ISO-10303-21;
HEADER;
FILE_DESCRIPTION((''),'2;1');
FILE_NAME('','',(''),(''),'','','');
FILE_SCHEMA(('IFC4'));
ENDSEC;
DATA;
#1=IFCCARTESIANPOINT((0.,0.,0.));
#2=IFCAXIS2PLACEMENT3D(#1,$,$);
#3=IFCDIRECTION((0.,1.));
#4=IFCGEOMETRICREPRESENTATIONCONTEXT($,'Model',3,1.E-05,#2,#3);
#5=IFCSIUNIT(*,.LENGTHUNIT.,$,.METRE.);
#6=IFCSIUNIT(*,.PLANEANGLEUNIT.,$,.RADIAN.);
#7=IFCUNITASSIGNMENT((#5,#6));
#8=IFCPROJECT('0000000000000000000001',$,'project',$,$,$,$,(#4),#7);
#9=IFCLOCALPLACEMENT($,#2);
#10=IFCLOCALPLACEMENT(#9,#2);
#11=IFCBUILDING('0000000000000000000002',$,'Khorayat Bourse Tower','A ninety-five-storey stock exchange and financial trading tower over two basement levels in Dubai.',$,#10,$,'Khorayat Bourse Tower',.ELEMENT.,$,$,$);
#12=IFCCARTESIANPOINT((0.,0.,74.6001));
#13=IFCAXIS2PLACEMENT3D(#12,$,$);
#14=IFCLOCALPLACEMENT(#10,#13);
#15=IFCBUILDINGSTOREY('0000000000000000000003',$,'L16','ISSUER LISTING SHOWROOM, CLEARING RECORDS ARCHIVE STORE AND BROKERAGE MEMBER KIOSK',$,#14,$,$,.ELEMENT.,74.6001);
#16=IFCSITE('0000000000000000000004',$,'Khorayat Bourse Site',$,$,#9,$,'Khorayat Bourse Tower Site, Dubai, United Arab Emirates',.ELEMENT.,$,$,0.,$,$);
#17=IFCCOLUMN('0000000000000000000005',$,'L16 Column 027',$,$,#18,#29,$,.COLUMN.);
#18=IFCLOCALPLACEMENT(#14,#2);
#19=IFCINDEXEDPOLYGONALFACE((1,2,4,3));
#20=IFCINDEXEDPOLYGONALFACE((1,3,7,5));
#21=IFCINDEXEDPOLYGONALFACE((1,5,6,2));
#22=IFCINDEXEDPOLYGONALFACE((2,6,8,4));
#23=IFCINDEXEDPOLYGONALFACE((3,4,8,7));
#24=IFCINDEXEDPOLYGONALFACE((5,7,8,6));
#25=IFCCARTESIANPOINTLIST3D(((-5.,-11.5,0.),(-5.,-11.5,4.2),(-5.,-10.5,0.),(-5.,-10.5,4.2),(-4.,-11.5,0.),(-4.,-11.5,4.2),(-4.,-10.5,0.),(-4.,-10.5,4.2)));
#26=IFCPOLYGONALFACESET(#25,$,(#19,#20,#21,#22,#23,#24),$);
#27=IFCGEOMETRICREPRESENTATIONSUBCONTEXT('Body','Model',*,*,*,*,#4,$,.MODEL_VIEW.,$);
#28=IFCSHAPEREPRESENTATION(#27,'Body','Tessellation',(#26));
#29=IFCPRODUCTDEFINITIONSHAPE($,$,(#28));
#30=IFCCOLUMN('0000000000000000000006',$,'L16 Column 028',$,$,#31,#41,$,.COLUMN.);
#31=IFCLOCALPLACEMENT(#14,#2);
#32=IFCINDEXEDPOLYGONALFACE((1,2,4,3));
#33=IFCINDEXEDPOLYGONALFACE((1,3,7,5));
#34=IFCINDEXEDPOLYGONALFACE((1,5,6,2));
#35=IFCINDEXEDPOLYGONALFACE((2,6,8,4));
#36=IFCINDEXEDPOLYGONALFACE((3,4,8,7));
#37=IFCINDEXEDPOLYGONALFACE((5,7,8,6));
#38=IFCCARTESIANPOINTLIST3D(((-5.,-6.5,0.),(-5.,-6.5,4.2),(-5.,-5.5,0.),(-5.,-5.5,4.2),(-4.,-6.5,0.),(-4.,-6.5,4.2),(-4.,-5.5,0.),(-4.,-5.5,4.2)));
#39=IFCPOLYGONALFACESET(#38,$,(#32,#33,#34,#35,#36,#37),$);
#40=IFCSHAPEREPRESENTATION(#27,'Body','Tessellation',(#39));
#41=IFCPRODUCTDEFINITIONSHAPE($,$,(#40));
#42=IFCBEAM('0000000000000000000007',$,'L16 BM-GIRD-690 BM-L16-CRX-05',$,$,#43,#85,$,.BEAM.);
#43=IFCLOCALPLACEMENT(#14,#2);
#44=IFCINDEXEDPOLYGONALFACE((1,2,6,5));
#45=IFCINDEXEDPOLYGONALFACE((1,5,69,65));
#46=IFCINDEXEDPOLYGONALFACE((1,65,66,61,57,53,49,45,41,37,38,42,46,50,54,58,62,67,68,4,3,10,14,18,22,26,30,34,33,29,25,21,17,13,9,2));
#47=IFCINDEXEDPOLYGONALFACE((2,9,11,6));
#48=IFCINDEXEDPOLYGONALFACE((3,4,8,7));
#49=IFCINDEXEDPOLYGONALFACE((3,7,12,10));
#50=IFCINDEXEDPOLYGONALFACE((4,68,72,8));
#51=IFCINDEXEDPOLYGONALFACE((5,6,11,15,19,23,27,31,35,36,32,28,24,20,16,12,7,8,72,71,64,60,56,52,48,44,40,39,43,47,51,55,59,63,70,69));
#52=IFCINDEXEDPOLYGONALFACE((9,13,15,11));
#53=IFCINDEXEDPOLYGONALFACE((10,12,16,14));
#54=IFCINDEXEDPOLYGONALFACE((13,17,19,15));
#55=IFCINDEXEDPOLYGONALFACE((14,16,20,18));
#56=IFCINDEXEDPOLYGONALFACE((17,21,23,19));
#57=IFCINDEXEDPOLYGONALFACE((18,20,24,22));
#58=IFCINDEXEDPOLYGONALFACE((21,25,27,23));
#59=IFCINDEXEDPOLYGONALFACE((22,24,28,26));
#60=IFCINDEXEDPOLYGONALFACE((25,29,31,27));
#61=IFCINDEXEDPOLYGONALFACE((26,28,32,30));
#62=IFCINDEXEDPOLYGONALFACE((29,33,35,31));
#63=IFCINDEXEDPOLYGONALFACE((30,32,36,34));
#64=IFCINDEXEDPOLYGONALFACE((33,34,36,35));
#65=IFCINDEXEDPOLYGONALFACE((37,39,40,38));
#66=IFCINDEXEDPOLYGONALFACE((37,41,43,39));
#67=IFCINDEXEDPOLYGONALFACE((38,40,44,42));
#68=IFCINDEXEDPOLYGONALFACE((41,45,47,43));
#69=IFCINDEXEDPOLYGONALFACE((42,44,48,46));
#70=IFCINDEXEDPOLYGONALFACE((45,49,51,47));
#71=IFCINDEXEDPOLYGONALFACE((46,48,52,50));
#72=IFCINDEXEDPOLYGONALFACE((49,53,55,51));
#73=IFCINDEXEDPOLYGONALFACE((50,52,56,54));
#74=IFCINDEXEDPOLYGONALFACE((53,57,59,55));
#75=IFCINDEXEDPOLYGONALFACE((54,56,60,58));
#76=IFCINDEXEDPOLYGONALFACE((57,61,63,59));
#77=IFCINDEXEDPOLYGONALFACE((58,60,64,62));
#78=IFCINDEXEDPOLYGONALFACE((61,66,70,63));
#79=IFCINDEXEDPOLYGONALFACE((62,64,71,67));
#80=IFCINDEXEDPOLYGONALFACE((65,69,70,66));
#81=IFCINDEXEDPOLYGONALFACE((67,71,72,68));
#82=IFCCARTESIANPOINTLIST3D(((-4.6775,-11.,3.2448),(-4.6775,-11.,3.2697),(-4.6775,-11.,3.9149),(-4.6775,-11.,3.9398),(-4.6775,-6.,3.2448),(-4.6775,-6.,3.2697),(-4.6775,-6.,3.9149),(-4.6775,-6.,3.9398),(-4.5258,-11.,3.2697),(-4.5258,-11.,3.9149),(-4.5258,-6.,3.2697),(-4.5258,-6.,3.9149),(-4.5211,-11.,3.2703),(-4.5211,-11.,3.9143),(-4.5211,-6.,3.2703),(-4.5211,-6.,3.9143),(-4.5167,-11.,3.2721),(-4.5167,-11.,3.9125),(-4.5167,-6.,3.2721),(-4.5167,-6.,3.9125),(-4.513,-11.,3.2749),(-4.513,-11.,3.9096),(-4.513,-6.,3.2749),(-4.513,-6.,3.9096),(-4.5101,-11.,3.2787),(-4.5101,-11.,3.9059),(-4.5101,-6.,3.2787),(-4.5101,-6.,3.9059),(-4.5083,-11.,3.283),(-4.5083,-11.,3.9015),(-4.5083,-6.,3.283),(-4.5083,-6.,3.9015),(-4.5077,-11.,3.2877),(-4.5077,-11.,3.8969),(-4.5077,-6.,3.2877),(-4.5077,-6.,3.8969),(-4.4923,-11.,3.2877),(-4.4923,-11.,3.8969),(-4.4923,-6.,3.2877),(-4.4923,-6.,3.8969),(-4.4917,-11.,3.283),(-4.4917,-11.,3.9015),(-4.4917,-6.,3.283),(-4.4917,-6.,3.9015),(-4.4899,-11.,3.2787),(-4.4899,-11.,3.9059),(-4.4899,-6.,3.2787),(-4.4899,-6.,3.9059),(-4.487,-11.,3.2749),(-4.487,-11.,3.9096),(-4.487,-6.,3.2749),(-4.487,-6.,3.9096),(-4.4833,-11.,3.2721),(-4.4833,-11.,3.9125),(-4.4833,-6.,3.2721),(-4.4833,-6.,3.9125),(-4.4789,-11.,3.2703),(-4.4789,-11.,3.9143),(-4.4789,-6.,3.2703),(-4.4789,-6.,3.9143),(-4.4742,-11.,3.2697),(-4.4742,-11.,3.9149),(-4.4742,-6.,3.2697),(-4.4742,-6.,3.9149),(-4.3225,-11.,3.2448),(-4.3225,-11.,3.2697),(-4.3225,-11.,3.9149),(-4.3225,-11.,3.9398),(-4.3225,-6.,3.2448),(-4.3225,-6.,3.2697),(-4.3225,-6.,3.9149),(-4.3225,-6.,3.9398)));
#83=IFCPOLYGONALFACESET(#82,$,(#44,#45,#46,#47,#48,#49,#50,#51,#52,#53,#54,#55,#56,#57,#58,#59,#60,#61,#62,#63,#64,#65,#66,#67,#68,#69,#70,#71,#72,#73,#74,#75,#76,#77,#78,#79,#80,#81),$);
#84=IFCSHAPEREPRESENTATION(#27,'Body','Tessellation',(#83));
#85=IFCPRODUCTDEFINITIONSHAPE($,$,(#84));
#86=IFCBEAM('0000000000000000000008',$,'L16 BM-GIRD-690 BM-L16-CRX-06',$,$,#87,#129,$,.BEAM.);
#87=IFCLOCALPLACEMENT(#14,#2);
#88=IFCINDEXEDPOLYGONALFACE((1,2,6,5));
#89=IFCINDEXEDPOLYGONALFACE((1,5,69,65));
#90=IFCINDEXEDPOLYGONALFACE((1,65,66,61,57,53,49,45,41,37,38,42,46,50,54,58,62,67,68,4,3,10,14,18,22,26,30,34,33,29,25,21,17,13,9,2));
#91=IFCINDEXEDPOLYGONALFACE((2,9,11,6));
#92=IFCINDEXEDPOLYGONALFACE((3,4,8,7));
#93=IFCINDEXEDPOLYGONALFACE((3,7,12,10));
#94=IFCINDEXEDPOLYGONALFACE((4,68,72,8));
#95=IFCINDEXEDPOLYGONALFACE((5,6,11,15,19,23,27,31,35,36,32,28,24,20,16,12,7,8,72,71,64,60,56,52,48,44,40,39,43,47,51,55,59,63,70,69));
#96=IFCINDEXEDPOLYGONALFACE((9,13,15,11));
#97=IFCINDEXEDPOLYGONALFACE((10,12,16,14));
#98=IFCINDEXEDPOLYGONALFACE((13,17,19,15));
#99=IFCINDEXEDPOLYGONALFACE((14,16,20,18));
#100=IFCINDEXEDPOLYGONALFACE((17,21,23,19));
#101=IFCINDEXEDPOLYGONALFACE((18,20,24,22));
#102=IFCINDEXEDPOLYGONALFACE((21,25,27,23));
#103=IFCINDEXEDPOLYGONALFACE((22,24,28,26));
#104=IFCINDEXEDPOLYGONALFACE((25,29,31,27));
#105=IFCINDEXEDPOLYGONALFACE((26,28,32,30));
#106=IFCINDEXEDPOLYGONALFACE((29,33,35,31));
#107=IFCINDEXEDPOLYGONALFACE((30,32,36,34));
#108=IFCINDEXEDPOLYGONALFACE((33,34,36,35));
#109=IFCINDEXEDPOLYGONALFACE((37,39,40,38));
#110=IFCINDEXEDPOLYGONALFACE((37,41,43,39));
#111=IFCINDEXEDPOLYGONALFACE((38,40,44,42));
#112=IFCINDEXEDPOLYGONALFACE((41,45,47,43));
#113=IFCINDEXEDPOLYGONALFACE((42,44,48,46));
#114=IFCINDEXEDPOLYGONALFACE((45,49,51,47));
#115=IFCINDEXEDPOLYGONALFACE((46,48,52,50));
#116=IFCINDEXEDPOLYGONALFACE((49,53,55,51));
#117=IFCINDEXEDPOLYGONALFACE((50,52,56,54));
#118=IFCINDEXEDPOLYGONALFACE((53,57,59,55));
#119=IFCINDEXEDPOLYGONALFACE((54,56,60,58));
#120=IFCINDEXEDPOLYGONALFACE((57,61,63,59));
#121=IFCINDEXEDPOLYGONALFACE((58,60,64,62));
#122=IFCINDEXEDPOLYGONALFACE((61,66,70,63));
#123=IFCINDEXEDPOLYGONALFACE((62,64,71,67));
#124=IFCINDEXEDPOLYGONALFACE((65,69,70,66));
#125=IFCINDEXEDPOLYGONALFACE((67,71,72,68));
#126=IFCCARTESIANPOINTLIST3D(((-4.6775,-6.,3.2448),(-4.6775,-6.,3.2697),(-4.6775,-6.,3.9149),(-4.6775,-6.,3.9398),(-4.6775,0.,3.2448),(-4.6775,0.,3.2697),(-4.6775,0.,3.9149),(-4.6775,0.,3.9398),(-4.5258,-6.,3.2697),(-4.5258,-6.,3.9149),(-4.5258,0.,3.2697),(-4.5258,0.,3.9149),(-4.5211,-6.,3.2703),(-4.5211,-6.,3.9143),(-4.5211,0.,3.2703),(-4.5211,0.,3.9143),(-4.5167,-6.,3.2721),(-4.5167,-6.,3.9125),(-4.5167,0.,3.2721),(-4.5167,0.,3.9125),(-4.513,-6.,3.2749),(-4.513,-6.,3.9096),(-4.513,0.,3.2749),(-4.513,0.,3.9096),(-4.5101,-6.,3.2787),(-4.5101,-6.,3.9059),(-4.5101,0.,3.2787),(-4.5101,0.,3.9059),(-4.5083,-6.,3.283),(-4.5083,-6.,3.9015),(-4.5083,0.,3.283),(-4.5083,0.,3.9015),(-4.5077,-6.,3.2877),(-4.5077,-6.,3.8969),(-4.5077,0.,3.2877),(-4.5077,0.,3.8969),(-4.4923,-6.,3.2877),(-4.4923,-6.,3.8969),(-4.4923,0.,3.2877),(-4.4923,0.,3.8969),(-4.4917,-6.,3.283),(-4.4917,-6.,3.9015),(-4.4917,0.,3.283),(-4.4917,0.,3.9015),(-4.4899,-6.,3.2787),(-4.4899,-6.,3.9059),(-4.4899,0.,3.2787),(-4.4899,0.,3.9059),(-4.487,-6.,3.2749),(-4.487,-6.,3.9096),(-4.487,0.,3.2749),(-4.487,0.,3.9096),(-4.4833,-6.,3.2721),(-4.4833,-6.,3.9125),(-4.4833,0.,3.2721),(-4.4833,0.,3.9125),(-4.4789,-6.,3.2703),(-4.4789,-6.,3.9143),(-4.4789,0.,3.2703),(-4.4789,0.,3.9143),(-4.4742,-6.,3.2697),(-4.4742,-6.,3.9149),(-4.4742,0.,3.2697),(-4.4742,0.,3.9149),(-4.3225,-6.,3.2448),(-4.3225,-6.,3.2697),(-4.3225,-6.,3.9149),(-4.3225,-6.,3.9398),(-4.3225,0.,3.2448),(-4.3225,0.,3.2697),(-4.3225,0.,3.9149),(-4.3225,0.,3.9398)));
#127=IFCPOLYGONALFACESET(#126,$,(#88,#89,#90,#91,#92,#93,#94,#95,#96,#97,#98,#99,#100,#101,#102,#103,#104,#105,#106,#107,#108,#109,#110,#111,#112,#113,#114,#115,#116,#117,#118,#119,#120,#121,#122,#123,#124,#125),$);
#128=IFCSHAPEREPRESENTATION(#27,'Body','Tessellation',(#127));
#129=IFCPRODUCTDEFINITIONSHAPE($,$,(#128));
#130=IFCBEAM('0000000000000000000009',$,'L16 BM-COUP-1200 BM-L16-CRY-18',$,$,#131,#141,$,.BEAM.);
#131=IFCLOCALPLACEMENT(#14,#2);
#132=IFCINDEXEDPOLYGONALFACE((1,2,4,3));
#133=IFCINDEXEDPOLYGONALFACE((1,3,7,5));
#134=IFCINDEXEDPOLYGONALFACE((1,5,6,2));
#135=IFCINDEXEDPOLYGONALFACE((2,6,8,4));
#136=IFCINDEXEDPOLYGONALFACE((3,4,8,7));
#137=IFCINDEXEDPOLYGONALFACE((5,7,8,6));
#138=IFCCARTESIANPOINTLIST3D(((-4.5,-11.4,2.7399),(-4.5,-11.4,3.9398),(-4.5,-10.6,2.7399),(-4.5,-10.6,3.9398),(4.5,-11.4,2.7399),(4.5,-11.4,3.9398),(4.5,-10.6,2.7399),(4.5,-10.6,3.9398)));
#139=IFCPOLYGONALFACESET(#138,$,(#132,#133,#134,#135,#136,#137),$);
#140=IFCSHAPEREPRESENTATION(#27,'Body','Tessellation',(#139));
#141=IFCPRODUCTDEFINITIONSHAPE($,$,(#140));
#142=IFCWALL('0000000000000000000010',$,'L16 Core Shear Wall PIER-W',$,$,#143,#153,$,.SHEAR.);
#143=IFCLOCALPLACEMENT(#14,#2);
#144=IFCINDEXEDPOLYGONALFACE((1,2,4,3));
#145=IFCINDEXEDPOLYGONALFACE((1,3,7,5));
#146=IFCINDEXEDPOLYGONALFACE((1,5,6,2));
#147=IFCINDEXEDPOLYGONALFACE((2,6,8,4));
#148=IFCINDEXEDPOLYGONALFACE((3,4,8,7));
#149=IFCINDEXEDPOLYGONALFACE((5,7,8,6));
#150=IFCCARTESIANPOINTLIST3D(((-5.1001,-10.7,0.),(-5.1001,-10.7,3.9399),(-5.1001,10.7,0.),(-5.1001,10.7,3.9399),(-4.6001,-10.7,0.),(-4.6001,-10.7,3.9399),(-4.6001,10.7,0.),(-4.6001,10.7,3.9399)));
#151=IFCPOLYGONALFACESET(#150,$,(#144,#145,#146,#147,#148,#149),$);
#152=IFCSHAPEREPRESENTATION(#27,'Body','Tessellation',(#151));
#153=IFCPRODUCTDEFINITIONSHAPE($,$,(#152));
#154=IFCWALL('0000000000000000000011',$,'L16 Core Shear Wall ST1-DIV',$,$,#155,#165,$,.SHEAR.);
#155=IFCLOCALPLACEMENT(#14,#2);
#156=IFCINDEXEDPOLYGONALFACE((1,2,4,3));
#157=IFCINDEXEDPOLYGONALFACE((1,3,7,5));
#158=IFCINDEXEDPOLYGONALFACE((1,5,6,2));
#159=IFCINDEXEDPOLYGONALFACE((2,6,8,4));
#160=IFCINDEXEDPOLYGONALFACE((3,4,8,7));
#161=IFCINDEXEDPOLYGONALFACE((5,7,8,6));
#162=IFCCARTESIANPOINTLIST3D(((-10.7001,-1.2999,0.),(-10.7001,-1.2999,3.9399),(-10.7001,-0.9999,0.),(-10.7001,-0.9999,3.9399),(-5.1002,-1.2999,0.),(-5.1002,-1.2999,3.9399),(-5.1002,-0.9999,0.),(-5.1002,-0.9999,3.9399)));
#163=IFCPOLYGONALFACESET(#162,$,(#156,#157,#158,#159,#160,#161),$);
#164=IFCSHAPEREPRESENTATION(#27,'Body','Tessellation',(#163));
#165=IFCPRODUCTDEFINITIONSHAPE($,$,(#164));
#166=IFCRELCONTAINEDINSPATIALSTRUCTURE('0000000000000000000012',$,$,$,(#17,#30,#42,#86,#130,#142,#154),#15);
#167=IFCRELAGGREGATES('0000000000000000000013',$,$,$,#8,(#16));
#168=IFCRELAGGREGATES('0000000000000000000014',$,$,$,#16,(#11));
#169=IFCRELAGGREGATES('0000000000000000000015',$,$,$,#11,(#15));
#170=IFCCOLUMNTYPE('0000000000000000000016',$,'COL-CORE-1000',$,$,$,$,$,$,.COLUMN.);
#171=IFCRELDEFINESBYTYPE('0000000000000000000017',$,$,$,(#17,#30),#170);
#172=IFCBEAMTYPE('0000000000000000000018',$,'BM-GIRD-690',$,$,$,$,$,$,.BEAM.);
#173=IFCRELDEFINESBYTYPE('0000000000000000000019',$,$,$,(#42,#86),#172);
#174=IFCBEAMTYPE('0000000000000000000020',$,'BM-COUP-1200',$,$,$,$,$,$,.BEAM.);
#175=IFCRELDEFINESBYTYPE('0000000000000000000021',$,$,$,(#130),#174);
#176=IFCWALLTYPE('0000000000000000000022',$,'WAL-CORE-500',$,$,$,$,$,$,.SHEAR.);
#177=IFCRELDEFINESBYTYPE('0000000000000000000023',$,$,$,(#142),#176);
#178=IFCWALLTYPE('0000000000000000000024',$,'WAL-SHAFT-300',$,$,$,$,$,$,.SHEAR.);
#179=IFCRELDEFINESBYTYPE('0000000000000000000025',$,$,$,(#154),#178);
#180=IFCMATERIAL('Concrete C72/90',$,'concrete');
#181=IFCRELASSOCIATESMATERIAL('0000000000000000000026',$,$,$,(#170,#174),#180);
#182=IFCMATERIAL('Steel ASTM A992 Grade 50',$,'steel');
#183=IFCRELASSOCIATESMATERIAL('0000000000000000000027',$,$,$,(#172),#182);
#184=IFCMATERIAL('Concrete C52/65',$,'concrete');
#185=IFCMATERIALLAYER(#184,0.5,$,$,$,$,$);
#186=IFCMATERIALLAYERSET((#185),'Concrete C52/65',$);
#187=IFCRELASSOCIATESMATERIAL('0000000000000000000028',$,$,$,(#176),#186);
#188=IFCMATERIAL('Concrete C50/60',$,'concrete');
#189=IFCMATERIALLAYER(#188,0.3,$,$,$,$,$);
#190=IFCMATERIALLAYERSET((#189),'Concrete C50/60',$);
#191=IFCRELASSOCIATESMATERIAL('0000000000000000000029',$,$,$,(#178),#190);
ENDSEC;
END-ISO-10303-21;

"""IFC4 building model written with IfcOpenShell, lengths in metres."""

from ifc_helpers import new_model, si_unit, direction, frame, frame_2d, origin, origin_2d, place, context, subcontext, project, spatial, rectangle, i_section, extrude, source, transform, mapped, material, layer, layer_set, material_profile, profile_set, type_object, element, save


model = new_model("IFC4")

# Units and contexts
model_context = context("Model", 3, precision=1e-05, world=origin(), true_north=direction((0.0, 1.0)))
body_context = subcontext(model_context, "Body", "Model", "MODEL_VIEW")
ifc_project = project(units=[si_unit("LENGTHUNIT", "METRE"), si_unit("PLANEANGLEUNIT", "RADIAN")], contexts=[model_context])

# Site, building, storey
site_placement = place(None, origin())
site = spatial("IfcSite", under=ifc_project, at=site_placement, Name="Khorayat Bourse Site", LongName="Khorayat Bourse Tower Site, Dubai, United Arab Emirates", CompositionType="ELEMENT", RefElevation=0.0)
building_placement = place(site_placement, origin())
building = spatial("IfcBuilding", under=site, at=building_placement, Name="Khorayat Bourse Tower", Description="A ninety-five-storey stock exchange and financial trading tower over two basement levels in Dubai.", LongName="Khorayat Bourse Tower", CompositionType="ELEMENT")
storey_placement = place(building_placement, frame((0.0, 0.0, 74.6001)))
storey = spatial("IfcBuildingStorey", under=building, at=storey_placement, Name="L16", Description="ISSUER LISTING SHOWROOM, CLEARING RECORDS ARCHIVE STORE AND BROKERAGE MEMBER KIOSK", CompositionType="ELEMENT", Elevation=74.6001)

# Columns
ifc_material_1 = material(Name="Concrete C72/90", Category="concrete")
ifc_material_profile_1 = material_profile(ifc_material_1, rectangle(XDim=1.0, YDim=1.0, at=origin_2d()), Name="RC 1000x1000")
ifc_profile_set_1 = profile_set([ifc_material_profile_1], Name="Concrete C72/90")
column_type = type_object("IfcColumnType", Name="COL-CORE-1000", PredefinedType="COLUMN", material=ifc_profile_set_1)
shared_shape_1 = source(origin(), body_context, "Body", "SweptSolid", [
    extrude(rectangle(XDim=1.0, YDim=1.0, at=origin_2d()), origin(), (0.0, 0.0, 1.0), 4.2),
])
for number, where, z_axis, x_axis, name in (
    (1, (-4.5, -11.0, 0.0), (0.0, 0.0, 1.0), (1.0, 0.0, 0.0), "L16 Column 027"),
    (2, (-4.5, -6.0, 0.0), (0.0, 0.0, 1.0), (1.0, 0.0, 0.0), "L16 Column 028"),
):
    element("IfcColumn", number, at=place(storey_placement, frame(where, z_axis=z_axis, x_axis=x_axis)), inside=storey, type_object=column_type, Name=name, PredefinedType="COLUMN", context=body_context, shape_type="MappedRepresentation", body=[
        mapped(shared_shape_1, transform((0.0, 0.0, 0.0), scale=1.0)),
    ])

# Beams
ifc_material_2 = material(Name="Steel ASTM A992 Grade 50", Category="steel")
ifc_material_profile_2 = material_profile(ifc_material_2, i_section(OverallWidth=0.355, OverallDepth=0.6951, WebThickness=0.0154, FlangeThickness=0.0249, FilletRadius=0.0181, at=origin_2d()), Name="W690X217")
ifc_profile_set_2 = profile_set([ifc_material_profile_2], Name="Steel ASTM A992 Grade 50")
beam_type_1 = type_object("IfcBeamType", Name="BM-GIRD-690", PredefinedType="BEAM", material=ifc_profile_set_2)
shared_shape_2 = source(origin(), body_context, "Body", "SweptSolid", [
    extrude(i_section(OverallWidth=0.355, OverallDepth=0.6951, WebThickness=0.0154, FlangeThickness=0.0249, FilletRadius=0.0181, at=origin_2d()), origin(), (0.0, 0.0, 1.0), 5.0),
])
beam_1_placement = place(storey_placement, frame((-4.5, -11.0, 3.5923), z_axis=(0.0, 1.0, 0.0), x_axis=(-1.0, 0.0, 0.0)))
element("IfcBeam", 3, at=beam_1_placement, inside=storey, type_object=beam_type_1, Name="L16 BM-GIRD-690 BM-L16-CRX-05", PredefinedType="BEAM", context=body_context, shape_type="MappedRepresentation", body=[
    mapped(shared_shape_2, transform((0.0, 0.0, 0.0), scale=1.0)),
])
shared_shape_3 = source(origin(), body_context, "Body", "SweptSolid", [
    extrude(i_section(OverallWidth=0.355, OverallDepth=0.6951, WebThickness=0.0154, FlangeThickness=0.0249, FilletRadius=0.0181, at=origin_2d()), origin(), (0.0, 0.0, 1.0), 6.0),
])
beam_2_placement = place(storey_placement, frame((-4.5, -6.0, 3.5923), z_axis=(0.0, 1.0, 0.0), x_axis=(-1.0, 0.0, 0.0)))
element("IfcBeam", 4, at=beam_2_placement, inside=storey, type_object=beam_type_1, Name="L16 BM-GIRD-690 BM-L16-CRX-06", PredefinedType="BEAM", context=body_context, shape_type="MappedRepresentation", body=[
    mapped(shared_shape_3, transform((0.0, 0.0, 0.0), scale=1.0)),
])
ifc_material_profile_3 = material_profile(ifc_material_1, rectangle(XDim=0.8, YDim=1.2, at=origin_2d()), Name="RC 800x1200")
ifc_profile_set_3 = profile_set([ifc_material_profile_3], Name="Concrete C72/90")
beam_type_2 = type_object("IfcBeamType", Name="BM-COUP-1200", PredefinedType="BEAM", material=ifc_profile_set_3)
shared_shape_4 = source(origin(), body_context, "Body", "SweptSolid", [
    extrude(rectangle(XDim=0.8, YDim=1.2, at=origin_2d()), origin(), (0.0, 0.0, 1.0), 9.0),
])
beam_3_placement = place(storey_placement, frame((-4.5, -11.0, 3.3398), z_axis=(1.0, 0.0, 0.0), x_axis=(0.0, 1.0, 0.0)))
element("IfcBeam", 5, at=beam_3_placement, inside=storey, type_object=beam_type_2, Name="L16 BM-COUP-1200 BM-L16-CRY-18", PredefinedType="BEAM", context=body_context, shape_type="MappedRepresentation", body=[
    mapped(shared_shape_4, transform((0.0, 0.0, 0.0), scale=1.0)),
])

# Walls
ifc_material_3 = material(Name="Concrete C52/65", Category="concrete")
ifc_layer_1 = layer(ifc_material_3, 0.5)
ifc_layer_set_1 = layer_set([ifc_layer_1], Name="Concrete C52/65")
wall_type_1 = type_object("IfcWallType", Name="WAL-CORE-500", PredefinedType="SHEAR", material=ifc_layer_set_1)
shared_shape_5 = source(origin(), body_context, "Body", "SweptSolid", [
    extrude(rectangle(XDim=21.3999, YDim=0.5, at=frame_2d((10.7, 0.0))), origin(), (0.0, 0.0, 1.0), 3.9399),
])
wall_1_placement = place(storey_placement, frame((-4.8501, -10.7, 0.0), z_axis=(0.0, 0.0, 1.0), x_axis=(0.0, 1.0, 0.0)))
element("IfcWall", 6, at=wall_1_placement, inside=storey, type_object=wall_type_1, Name="L16 Core Shear Wall PIER-W", PredefinedType="SHEAR", context=body_context, shape_type="MappedRepresentation", body=[
    mapped(shared_shape_5, transform((0.0, 0.0, 0.0), scale=1.0)),
])
ifc_material_4 = material(Name="Concrete C50/60", Category="concrete")
ifc_layer_2 = layer(ifc_material_4, 0.3)
ifc_layer_set_2 = layer_set([ifc_layer_2], Name="Concrete C50/60")
wall_type_2 = type_object("IfcWallType", Name="WAL-SHAFT-300", PredefinedType="SHEAR", material=ifc_layer_set_2)
shared_shape_6 = source(origin(), body_context, "Body", "SweptSolid", [
    extrude(rectangle(XDim=5.5999, YDim=0.3, at=frame_2d((2.7998, 0.0))), origin(), (0.0, 0.0, 1.0), 3.9399),
])
wall_2_placement = place(storey_placement, frame((-10.7, -1.1499, 0.0), z_axis=(0.0, 0.0, 1.0), x_axis=(1.0, 0.0, 0.0)))
element("IfcWall", 7, at=wall_2_placement, inside=storey, type_object=wall_type_2, Name="L16 Core Shear Wall ST1-DIV", PredefinedType="SHEAR", context=body_context, shape_type="MappedRepresentation", body=[
    mapped(shared_shape_6, transform((0.0, 0.0, 0.0), scale=1.0)),
])

save(model, "model.ifc")
